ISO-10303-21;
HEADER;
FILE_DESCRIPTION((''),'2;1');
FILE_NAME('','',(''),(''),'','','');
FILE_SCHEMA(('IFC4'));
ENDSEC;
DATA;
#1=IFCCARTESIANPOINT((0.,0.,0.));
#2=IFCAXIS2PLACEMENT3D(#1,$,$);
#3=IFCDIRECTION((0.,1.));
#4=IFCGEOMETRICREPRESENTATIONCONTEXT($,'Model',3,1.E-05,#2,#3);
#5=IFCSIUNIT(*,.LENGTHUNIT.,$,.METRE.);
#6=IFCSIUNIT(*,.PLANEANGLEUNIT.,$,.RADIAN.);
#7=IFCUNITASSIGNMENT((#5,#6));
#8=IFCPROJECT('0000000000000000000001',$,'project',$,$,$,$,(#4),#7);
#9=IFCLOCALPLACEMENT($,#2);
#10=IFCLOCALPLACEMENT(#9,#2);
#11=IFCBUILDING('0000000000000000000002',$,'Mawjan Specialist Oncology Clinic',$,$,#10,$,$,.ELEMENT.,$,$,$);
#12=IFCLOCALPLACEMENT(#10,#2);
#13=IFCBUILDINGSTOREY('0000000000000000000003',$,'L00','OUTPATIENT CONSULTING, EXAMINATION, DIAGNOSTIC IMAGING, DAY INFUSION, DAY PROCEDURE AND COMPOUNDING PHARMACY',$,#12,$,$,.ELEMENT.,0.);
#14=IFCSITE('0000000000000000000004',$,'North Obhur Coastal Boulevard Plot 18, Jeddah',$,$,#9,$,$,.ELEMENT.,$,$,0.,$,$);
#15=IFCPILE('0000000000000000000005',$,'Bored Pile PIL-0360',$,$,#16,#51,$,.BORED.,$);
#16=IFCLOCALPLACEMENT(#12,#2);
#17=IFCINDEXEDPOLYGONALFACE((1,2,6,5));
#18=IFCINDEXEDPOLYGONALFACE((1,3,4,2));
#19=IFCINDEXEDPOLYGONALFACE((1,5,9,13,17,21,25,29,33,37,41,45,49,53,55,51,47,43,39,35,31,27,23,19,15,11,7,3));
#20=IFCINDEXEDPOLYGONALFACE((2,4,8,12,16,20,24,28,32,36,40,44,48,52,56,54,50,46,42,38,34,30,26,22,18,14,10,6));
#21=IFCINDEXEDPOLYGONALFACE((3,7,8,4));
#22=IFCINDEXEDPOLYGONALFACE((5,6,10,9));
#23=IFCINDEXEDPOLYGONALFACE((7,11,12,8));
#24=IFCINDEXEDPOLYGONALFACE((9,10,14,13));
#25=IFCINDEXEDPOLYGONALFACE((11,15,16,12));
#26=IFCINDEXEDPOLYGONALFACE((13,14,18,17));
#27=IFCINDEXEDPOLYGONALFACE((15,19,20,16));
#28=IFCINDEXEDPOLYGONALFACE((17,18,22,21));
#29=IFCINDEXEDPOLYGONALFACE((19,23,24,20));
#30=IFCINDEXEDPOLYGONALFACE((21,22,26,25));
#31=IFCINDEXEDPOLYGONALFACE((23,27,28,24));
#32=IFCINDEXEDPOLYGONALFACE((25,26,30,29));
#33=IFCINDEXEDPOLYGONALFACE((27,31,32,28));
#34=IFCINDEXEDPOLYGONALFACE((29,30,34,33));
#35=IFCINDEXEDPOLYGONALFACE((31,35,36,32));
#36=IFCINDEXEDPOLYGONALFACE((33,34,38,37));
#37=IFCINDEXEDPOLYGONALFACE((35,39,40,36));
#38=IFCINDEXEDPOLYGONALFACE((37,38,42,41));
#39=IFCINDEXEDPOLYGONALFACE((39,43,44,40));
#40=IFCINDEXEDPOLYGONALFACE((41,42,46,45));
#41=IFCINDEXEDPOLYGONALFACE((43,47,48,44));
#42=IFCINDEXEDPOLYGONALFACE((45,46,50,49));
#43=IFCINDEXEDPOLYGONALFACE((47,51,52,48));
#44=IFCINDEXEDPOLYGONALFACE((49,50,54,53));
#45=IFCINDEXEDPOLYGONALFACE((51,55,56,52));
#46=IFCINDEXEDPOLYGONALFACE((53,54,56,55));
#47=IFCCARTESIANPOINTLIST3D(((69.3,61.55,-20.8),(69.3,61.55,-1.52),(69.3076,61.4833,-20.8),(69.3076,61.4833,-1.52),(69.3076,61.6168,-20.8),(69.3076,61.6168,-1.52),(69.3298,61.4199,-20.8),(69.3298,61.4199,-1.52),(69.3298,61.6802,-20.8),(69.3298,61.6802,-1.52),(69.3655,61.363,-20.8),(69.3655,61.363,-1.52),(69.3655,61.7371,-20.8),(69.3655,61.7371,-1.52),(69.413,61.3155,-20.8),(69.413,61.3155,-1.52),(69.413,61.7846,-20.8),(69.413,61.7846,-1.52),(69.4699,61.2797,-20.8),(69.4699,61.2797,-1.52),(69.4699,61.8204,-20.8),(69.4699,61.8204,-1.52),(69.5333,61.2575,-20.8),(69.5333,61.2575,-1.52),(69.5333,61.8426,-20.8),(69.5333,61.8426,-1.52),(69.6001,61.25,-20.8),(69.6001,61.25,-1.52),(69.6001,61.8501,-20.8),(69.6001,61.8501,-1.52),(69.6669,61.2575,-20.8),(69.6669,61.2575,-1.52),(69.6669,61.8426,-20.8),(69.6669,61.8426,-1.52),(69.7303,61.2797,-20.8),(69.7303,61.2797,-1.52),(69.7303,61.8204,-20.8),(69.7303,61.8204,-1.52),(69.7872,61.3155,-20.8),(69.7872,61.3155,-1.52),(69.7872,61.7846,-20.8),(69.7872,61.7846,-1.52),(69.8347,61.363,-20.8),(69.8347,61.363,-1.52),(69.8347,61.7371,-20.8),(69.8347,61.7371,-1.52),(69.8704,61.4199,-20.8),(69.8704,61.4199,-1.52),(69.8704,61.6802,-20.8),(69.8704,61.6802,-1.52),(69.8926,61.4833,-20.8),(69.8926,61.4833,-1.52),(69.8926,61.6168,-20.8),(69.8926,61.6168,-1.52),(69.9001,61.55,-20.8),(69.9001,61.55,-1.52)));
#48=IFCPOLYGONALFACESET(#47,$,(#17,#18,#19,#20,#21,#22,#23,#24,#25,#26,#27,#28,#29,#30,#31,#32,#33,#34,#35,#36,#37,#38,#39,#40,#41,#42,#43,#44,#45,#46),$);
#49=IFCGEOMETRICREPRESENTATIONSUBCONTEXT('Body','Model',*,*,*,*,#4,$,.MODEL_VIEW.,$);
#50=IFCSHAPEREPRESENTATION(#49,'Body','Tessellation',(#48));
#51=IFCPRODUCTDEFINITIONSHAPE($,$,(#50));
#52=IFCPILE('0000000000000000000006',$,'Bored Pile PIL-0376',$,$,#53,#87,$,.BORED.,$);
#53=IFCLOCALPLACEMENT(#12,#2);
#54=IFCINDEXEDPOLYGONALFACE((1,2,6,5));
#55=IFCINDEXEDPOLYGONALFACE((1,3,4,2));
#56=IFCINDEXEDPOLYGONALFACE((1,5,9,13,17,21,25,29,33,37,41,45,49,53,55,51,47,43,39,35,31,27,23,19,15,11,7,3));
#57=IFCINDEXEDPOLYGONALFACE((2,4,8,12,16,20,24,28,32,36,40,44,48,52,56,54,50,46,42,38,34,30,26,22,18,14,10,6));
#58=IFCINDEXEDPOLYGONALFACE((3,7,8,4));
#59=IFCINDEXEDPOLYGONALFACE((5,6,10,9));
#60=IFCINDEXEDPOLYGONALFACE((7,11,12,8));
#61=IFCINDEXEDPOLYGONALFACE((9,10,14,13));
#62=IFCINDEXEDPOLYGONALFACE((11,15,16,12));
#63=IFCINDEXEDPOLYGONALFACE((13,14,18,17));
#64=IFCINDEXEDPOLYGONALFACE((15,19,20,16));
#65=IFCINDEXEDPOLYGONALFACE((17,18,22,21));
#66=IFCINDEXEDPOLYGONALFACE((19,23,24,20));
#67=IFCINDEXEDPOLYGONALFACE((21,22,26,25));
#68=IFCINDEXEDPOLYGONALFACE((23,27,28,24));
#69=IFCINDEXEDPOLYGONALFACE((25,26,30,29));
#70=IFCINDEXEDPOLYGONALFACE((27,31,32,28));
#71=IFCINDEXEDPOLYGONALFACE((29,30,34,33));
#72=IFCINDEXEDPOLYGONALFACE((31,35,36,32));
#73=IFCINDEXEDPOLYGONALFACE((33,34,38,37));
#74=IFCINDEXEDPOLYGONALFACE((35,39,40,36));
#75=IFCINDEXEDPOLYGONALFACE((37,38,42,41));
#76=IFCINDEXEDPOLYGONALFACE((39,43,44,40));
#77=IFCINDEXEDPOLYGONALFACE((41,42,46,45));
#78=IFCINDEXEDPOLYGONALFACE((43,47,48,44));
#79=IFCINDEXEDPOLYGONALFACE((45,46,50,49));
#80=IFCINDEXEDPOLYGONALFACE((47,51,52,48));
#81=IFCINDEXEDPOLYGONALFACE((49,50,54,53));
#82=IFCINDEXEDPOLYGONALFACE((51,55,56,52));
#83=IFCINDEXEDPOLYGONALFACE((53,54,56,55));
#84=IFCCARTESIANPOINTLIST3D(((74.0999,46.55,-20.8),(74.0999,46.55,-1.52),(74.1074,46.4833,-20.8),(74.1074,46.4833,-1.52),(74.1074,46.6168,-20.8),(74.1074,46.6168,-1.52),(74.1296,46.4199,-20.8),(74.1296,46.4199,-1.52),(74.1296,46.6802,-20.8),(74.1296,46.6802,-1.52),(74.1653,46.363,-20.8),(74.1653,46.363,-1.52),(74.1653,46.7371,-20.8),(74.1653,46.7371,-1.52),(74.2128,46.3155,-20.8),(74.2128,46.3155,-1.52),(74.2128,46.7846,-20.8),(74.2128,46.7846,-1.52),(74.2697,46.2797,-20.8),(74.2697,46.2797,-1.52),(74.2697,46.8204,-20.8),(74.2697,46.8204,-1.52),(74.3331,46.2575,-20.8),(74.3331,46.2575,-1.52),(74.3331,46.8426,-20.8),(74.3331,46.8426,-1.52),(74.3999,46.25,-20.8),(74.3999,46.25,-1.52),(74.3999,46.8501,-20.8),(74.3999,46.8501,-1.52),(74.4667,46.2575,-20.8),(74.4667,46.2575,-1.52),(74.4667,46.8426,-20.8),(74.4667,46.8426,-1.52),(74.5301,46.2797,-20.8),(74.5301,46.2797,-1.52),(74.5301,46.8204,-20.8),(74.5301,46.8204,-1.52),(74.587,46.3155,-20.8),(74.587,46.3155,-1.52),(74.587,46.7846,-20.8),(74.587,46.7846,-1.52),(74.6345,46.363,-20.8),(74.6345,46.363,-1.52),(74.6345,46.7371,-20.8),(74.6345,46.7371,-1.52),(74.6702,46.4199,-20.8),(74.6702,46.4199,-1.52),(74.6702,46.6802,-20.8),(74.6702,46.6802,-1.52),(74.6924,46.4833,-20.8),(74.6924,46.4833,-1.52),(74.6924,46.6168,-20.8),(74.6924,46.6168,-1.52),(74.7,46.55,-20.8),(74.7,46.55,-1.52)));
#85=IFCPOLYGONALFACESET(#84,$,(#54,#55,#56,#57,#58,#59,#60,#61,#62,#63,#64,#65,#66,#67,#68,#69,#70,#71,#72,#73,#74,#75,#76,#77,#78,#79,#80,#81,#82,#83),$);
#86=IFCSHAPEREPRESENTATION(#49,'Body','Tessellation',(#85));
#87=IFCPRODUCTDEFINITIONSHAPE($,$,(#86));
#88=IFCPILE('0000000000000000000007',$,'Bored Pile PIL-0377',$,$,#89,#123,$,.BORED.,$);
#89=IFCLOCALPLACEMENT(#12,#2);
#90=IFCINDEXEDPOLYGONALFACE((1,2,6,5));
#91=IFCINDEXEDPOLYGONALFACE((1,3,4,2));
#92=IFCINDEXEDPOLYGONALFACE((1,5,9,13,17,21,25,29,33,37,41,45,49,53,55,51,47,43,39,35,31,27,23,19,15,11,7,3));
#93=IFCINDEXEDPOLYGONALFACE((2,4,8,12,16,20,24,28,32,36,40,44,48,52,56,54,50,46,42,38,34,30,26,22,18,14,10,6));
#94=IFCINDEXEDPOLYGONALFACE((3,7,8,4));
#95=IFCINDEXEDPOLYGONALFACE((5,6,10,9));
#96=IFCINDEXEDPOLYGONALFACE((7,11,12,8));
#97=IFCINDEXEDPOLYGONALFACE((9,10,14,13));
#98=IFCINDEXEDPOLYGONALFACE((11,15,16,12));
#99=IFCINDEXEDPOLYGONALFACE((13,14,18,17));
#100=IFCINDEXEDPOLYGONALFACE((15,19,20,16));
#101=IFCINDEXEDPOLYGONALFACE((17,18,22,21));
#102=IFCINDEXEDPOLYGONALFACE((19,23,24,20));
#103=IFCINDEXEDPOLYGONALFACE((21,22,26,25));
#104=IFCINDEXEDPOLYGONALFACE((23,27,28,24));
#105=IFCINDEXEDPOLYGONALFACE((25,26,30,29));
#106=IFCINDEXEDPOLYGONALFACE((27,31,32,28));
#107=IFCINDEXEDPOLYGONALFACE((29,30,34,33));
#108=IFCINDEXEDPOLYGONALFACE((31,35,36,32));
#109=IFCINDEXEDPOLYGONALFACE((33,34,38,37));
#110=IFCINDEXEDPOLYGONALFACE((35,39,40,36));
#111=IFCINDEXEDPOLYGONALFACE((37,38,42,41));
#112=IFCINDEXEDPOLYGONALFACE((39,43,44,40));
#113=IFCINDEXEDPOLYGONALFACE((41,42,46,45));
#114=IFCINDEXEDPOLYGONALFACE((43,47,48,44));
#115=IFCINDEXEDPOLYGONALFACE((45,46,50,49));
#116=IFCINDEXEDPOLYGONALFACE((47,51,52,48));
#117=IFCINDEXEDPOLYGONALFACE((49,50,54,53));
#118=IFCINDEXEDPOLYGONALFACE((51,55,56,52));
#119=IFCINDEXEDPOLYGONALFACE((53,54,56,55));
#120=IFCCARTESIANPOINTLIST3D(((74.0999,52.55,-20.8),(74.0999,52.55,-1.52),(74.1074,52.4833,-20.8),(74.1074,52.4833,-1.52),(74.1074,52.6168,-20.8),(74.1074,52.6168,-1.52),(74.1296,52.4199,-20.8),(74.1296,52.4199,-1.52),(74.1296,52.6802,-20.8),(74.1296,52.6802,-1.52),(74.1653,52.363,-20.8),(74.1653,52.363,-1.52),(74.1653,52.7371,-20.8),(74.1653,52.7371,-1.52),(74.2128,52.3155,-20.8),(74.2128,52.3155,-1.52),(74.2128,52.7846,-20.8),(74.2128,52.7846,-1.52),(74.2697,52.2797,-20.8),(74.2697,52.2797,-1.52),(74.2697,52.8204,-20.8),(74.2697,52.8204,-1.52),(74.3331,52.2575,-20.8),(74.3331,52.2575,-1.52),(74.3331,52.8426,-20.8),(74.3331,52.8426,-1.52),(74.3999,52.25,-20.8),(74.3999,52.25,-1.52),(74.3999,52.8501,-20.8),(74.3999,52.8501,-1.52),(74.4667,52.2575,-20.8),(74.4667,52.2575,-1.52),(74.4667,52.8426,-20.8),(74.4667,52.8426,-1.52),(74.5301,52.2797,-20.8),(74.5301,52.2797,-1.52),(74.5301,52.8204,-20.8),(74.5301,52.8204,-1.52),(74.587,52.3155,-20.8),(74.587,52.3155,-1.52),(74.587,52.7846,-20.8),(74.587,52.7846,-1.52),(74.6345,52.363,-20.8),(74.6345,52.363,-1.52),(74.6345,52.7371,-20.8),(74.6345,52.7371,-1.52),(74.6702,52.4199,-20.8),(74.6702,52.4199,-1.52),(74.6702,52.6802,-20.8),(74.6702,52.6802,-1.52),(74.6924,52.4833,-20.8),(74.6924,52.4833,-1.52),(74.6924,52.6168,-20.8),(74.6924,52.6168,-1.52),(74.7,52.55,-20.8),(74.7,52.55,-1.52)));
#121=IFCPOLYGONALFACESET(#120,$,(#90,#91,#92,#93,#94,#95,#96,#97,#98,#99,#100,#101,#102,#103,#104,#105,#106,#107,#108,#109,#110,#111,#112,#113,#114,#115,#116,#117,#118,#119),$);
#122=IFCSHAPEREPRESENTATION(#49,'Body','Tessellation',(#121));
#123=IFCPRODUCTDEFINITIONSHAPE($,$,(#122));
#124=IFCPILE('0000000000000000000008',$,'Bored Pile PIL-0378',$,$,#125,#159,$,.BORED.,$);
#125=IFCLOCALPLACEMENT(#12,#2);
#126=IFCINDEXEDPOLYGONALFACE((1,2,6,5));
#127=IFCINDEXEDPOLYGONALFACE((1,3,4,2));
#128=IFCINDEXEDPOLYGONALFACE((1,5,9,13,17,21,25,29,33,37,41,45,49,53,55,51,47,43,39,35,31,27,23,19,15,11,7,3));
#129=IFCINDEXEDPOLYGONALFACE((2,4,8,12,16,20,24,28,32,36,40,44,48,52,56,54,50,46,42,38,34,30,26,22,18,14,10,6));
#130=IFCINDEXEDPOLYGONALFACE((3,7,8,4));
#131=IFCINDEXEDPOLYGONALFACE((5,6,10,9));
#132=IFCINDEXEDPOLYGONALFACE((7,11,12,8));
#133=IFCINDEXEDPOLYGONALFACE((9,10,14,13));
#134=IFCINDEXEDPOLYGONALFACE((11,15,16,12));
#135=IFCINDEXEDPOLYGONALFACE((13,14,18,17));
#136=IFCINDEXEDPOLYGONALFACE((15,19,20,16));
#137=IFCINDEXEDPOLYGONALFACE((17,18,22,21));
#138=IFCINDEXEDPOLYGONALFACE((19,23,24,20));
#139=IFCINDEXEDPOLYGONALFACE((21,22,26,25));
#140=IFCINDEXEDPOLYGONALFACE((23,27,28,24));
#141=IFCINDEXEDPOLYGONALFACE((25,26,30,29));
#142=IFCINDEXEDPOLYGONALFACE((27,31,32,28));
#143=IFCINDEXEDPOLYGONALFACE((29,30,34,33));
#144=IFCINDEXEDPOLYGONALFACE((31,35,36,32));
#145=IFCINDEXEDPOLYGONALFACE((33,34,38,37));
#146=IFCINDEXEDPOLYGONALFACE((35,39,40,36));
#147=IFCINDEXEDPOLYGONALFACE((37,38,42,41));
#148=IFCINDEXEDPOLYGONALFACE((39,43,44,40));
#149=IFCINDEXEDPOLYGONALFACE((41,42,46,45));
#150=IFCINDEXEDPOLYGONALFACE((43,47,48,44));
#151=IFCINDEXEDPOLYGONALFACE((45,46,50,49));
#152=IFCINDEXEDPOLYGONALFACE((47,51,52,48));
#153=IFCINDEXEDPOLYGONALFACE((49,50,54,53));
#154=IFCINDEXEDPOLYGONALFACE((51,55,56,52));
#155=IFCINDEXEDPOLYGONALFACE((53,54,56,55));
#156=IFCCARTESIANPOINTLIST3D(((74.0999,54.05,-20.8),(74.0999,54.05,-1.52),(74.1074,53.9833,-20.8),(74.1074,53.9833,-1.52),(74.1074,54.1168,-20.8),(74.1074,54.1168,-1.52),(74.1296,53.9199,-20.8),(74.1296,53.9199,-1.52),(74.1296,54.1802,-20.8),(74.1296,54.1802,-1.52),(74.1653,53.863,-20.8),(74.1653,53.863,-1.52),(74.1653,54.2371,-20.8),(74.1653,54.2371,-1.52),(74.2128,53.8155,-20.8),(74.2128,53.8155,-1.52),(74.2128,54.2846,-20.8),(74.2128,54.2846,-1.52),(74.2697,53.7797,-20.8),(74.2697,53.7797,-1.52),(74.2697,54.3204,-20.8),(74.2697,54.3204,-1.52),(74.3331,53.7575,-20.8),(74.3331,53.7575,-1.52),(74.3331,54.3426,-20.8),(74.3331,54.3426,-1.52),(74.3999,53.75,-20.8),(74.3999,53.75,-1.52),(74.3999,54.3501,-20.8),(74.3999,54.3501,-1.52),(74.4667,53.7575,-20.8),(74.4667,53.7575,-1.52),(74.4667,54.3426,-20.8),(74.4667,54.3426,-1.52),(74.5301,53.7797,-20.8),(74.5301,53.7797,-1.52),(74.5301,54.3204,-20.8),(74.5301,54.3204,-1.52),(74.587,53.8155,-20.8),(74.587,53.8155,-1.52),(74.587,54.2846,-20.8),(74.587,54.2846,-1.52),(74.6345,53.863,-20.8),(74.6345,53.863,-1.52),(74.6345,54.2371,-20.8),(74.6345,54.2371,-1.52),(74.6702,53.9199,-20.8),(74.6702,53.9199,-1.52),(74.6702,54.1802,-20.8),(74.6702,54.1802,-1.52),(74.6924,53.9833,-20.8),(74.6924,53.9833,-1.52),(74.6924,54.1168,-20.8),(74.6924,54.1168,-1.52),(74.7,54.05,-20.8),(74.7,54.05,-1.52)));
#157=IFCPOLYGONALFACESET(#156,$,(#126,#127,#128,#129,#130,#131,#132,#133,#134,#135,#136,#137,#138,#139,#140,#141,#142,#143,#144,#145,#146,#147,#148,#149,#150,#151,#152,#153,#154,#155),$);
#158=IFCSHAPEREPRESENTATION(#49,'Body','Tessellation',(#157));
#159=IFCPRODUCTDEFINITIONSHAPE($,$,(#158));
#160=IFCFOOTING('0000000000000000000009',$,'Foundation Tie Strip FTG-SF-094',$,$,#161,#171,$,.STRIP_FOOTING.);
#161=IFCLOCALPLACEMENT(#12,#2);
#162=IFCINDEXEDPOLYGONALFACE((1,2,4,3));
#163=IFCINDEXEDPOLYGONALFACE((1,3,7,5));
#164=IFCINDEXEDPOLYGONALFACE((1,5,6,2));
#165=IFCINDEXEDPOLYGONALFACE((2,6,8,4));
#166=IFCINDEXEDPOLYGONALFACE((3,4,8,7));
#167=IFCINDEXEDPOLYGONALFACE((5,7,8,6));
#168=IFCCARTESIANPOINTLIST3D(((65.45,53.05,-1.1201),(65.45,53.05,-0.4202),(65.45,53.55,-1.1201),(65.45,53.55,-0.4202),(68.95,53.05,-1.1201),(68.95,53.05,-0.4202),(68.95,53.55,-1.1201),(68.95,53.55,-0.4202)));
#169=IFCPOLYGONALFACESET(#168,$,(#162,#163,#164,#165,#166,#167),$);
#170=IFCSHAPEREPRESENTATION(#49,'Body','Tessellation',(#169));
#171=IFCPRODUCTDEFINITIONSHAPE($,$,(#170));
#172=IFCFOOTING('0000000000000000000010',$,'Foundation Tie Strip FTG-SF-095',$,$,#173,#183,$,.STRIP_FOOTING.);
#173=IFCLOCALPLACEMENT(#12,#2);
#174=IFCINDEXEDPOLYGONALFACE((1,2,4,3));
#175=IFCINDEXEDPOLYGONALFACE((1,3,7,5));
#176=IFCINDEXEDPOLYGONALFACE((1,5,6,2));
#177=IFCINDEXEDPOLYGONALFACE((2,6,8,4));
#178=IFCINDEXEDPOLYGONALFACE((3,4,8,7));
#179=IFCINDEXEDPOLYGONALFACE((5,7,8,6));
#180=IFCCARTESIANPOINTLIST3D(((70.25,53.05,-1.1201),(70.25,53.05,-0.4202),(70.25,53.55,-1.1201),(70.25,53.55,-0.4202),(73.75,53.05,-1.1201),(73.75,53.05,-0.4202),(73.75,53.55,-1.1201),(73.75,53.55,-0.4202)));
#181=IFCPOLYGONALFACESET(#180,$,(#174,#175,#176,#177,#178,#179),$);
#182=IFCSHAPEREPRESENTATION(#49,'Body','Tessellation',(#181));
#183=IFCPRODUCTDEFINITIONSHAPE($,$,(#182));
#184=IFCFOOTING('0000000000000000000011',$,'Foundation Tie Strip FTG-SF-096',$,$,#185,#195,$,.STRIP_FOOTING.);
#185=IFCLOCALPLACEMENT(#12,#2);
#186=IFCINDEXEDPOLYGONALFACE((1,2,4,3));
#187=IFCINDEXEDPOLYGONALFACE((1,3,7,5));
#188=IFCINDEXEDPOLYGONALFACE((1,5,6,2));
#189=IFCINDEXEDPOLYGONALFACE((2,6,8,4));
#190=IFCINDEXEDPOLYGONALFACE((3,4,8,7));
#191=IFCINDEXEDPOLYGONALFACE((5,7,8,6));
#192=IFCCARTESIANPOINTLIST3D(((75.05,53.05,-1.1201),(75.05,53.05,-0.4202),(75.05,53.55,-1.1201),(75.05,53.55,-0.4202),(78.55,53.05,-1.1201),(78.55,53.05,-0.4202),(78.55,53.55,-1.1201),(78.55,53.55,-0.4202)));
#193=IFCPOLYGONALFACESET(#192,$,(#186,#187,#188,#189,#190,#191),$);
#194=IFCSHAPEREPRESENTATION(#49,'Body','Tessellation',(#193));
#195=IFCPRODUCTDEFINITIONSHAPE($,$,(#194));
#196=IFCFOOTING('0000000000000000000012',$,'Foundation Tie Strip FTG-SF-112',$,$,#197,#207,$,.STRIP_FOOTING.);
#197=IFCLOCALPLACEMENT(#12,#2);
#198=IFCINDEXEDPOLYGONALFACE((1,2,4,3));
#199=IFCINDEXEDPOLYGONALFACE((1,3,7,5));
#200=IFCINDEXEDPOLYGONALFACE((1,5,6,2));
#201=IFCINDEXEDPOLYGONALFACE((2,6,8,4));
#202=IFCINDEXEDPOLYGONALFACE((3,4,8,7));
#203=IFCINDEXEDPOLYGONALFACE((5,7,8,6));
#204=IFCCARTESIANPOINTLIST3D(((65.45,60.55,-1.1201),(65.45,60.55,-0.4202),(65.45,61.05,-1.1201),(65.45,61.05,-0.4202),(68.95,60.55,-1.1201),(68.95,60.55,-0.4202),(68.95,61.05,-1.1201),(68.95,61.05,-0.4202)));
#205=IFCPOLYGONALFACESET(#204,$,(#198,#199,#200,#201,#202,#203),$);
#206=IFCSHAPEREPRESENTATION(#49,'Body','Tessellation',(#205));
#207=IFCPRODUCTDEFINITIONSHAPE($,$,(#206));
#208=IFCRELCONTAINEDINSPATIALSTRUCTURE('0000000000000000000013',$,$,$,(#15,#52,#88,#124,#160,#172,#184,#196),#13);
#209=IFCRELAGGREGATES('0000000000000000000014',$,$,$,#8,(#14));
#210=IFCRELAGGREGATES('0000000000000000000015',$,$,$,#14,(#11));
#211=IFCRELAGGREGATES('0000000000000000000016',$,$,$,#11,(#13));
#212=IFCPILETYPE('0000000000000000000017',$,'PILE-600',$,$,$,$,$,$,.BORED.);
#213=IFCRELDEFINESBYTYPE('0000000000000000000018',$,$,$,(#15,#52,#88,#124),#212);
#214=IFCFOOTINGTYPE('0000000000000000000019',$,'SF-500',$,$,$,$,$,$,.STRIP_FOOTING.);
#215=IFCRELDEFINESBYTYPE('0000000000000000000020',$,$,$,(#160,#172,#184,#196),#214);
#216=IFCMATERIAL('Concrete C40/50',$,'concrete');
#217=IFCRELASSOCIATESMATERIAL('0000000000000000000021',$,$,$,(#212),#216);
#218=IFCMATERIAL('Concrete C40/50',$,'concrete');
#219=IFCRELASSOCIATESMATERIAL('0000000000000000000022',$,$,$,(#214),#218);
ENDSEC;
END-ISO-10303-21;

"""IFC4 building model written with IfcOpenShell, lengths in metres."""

from ifc_helpers import new_model, si_unit, direction, frame, origin, origin_2d, place, context, subcontext, project, spatial, rectangle, circle, extrude, material, material_profile, profile_set, type_object, element, save


model = new_model("IFC4")

# Units and contexts
model_context = context("Model", 3, precision=1e-05, world=origin(), true_north=direction((0.0, 1.0)))
body_context = subcontext(model_context, "Body", "Model", "MODEL_VIEW")
ifc_project = project(units=[si_unit("LENGTHUNIT", "METRE"), si_unit("PLANEANGLEUNIT", "RADIAN")], contexts=[model_context])

# Site, building, storey
site_placement = place(None, origin())
site = spatial("IfcSite", under=ifc_project, at=site_placement, Name="North Obhur Coastal Boulevard Plot 18, Jeddah", CompositionType="ELEMENT", RefElevation=0.0)
building_placement = place(site_placement, origin())
building = spatial("IfcBuilding", under=site, at=building_placement, Name="Mawjan Specialist Oncology Clinic", CompositionType="ELEMENT")
storey_placement = place(building_placement, origin())
storey = spatial("IfcBuildingStorey", under=building, at=storey_placement, Name="L00", Description="OUTPATIENT CONSULTING, EXAMINATION, DIAGNOSTIC IMAGING, DAY INFUSION, DAY PROCEDURE AND COMPOUNDING PHARMACY", CompositionType="ELEMENT", Elevation=0.0)

# Piles
ifc_material_1 = material(Name="Concrete C40/50", Category="concrete")
ifc_material_profile_1 = material_profile(ifc_material_1, circle(Radius=0.3, at=origin_2d()), Name="BORED PILE D600", Category="concrete")
ifc_profile_set_1 = profile_set([ifc_material_profile_1], Name="Concrete C40/50")
pile_type = type_object("IfcPileType", Name="PILE-600", PredefinedType="BORED", material=ifc_profile_set_1)
for number, where, z_axis, x_axis, name in (
    (1, (69.6001, 61.55, -1.52), (0.0, 0.0, -1.0), (1.0, 0.0, 0.0), "Bored Pile PIL-0360"),
    (2, (74.3999, 46.55, -1.52), (0.0, 0.0, -1.0), (1.0, 0.0, 0.0), "Bored Pile PIL-0376"),
    (3, (74.3999, 52.55, -1.52), (0.0, 0.0, -1.0), (1.0, 0.0, 0.0), "Bored Pile PIL-0377"),
    (4, (74.3999, 54.05, -1.52), (0.0, 0.0, -1.0), (1.0, 0.0, 0.0), "Bored Pile PIL-0378"),
):
    element("IfcPile", number, at=place(storey_placement, frame(where, z_axis=z_axis, x_axis=x_axis)), inside=storey, type_object=pile_type, Name=name, PredefinedType="BORED", context=body_context, shape_type="SweptSolid", body=[
        extrude(circle(Radius=0.3, at=origin_2d()), origin(), (0.0, 0.0, 1.0), 19.28),
    ])

# Footings
ifc_material_2 = material(Name="Concrete C40/50", Category="concrete")
footing_type_1 = type_object("IfcFootingType", Name="SF-500", PredefinedType="STRIP_FOOTING", material=ifc_material_2)
for number, where, z_axis, x_axis, name in (
    (5, (67.2, 53.3, -1.1201), (0.0, 0.0, 1.0), (1.0, 0.0, 0.0), "Foundation Tie Strip FTG-SF-094"),
    (6, (72.0, 53.3, -1.1201), (0.0, 0.0, 1.0), (1.0, 0.0, 0.0), "Foundation Tie Strip FTG-SF-095"),
    (7, (76.8, 53.3, -1.1201), (0.0, 0.0, 1.0), (1.0, 0.0, 0.0), "Foundation Tie Strip FTG-SF-096"),
    (8, (67.2, 60.8, -1.1201), (0.0, 0.0, 1.0), (1.0, 0.0, 0.0), "Foundation Tie Strip FTG-SF-112"),
):
    element("IfcFooting", number, at=place(storey_placement, frame(where, z_axis=z_axis, x_axis=x_axis)), inside=storey, type_object=footing_type_1, Name=name, PredefinedType="STRIP_FOOTING", context=body_context, shape_type="SweptSolid", body=[
        extrude(rectangle(XDim=3.5, YDim=0.5, at=origin_2d()), origin(), (0.0, 0.0, 1.0), 0.7),
    ])

save(model, "model.ifc")
